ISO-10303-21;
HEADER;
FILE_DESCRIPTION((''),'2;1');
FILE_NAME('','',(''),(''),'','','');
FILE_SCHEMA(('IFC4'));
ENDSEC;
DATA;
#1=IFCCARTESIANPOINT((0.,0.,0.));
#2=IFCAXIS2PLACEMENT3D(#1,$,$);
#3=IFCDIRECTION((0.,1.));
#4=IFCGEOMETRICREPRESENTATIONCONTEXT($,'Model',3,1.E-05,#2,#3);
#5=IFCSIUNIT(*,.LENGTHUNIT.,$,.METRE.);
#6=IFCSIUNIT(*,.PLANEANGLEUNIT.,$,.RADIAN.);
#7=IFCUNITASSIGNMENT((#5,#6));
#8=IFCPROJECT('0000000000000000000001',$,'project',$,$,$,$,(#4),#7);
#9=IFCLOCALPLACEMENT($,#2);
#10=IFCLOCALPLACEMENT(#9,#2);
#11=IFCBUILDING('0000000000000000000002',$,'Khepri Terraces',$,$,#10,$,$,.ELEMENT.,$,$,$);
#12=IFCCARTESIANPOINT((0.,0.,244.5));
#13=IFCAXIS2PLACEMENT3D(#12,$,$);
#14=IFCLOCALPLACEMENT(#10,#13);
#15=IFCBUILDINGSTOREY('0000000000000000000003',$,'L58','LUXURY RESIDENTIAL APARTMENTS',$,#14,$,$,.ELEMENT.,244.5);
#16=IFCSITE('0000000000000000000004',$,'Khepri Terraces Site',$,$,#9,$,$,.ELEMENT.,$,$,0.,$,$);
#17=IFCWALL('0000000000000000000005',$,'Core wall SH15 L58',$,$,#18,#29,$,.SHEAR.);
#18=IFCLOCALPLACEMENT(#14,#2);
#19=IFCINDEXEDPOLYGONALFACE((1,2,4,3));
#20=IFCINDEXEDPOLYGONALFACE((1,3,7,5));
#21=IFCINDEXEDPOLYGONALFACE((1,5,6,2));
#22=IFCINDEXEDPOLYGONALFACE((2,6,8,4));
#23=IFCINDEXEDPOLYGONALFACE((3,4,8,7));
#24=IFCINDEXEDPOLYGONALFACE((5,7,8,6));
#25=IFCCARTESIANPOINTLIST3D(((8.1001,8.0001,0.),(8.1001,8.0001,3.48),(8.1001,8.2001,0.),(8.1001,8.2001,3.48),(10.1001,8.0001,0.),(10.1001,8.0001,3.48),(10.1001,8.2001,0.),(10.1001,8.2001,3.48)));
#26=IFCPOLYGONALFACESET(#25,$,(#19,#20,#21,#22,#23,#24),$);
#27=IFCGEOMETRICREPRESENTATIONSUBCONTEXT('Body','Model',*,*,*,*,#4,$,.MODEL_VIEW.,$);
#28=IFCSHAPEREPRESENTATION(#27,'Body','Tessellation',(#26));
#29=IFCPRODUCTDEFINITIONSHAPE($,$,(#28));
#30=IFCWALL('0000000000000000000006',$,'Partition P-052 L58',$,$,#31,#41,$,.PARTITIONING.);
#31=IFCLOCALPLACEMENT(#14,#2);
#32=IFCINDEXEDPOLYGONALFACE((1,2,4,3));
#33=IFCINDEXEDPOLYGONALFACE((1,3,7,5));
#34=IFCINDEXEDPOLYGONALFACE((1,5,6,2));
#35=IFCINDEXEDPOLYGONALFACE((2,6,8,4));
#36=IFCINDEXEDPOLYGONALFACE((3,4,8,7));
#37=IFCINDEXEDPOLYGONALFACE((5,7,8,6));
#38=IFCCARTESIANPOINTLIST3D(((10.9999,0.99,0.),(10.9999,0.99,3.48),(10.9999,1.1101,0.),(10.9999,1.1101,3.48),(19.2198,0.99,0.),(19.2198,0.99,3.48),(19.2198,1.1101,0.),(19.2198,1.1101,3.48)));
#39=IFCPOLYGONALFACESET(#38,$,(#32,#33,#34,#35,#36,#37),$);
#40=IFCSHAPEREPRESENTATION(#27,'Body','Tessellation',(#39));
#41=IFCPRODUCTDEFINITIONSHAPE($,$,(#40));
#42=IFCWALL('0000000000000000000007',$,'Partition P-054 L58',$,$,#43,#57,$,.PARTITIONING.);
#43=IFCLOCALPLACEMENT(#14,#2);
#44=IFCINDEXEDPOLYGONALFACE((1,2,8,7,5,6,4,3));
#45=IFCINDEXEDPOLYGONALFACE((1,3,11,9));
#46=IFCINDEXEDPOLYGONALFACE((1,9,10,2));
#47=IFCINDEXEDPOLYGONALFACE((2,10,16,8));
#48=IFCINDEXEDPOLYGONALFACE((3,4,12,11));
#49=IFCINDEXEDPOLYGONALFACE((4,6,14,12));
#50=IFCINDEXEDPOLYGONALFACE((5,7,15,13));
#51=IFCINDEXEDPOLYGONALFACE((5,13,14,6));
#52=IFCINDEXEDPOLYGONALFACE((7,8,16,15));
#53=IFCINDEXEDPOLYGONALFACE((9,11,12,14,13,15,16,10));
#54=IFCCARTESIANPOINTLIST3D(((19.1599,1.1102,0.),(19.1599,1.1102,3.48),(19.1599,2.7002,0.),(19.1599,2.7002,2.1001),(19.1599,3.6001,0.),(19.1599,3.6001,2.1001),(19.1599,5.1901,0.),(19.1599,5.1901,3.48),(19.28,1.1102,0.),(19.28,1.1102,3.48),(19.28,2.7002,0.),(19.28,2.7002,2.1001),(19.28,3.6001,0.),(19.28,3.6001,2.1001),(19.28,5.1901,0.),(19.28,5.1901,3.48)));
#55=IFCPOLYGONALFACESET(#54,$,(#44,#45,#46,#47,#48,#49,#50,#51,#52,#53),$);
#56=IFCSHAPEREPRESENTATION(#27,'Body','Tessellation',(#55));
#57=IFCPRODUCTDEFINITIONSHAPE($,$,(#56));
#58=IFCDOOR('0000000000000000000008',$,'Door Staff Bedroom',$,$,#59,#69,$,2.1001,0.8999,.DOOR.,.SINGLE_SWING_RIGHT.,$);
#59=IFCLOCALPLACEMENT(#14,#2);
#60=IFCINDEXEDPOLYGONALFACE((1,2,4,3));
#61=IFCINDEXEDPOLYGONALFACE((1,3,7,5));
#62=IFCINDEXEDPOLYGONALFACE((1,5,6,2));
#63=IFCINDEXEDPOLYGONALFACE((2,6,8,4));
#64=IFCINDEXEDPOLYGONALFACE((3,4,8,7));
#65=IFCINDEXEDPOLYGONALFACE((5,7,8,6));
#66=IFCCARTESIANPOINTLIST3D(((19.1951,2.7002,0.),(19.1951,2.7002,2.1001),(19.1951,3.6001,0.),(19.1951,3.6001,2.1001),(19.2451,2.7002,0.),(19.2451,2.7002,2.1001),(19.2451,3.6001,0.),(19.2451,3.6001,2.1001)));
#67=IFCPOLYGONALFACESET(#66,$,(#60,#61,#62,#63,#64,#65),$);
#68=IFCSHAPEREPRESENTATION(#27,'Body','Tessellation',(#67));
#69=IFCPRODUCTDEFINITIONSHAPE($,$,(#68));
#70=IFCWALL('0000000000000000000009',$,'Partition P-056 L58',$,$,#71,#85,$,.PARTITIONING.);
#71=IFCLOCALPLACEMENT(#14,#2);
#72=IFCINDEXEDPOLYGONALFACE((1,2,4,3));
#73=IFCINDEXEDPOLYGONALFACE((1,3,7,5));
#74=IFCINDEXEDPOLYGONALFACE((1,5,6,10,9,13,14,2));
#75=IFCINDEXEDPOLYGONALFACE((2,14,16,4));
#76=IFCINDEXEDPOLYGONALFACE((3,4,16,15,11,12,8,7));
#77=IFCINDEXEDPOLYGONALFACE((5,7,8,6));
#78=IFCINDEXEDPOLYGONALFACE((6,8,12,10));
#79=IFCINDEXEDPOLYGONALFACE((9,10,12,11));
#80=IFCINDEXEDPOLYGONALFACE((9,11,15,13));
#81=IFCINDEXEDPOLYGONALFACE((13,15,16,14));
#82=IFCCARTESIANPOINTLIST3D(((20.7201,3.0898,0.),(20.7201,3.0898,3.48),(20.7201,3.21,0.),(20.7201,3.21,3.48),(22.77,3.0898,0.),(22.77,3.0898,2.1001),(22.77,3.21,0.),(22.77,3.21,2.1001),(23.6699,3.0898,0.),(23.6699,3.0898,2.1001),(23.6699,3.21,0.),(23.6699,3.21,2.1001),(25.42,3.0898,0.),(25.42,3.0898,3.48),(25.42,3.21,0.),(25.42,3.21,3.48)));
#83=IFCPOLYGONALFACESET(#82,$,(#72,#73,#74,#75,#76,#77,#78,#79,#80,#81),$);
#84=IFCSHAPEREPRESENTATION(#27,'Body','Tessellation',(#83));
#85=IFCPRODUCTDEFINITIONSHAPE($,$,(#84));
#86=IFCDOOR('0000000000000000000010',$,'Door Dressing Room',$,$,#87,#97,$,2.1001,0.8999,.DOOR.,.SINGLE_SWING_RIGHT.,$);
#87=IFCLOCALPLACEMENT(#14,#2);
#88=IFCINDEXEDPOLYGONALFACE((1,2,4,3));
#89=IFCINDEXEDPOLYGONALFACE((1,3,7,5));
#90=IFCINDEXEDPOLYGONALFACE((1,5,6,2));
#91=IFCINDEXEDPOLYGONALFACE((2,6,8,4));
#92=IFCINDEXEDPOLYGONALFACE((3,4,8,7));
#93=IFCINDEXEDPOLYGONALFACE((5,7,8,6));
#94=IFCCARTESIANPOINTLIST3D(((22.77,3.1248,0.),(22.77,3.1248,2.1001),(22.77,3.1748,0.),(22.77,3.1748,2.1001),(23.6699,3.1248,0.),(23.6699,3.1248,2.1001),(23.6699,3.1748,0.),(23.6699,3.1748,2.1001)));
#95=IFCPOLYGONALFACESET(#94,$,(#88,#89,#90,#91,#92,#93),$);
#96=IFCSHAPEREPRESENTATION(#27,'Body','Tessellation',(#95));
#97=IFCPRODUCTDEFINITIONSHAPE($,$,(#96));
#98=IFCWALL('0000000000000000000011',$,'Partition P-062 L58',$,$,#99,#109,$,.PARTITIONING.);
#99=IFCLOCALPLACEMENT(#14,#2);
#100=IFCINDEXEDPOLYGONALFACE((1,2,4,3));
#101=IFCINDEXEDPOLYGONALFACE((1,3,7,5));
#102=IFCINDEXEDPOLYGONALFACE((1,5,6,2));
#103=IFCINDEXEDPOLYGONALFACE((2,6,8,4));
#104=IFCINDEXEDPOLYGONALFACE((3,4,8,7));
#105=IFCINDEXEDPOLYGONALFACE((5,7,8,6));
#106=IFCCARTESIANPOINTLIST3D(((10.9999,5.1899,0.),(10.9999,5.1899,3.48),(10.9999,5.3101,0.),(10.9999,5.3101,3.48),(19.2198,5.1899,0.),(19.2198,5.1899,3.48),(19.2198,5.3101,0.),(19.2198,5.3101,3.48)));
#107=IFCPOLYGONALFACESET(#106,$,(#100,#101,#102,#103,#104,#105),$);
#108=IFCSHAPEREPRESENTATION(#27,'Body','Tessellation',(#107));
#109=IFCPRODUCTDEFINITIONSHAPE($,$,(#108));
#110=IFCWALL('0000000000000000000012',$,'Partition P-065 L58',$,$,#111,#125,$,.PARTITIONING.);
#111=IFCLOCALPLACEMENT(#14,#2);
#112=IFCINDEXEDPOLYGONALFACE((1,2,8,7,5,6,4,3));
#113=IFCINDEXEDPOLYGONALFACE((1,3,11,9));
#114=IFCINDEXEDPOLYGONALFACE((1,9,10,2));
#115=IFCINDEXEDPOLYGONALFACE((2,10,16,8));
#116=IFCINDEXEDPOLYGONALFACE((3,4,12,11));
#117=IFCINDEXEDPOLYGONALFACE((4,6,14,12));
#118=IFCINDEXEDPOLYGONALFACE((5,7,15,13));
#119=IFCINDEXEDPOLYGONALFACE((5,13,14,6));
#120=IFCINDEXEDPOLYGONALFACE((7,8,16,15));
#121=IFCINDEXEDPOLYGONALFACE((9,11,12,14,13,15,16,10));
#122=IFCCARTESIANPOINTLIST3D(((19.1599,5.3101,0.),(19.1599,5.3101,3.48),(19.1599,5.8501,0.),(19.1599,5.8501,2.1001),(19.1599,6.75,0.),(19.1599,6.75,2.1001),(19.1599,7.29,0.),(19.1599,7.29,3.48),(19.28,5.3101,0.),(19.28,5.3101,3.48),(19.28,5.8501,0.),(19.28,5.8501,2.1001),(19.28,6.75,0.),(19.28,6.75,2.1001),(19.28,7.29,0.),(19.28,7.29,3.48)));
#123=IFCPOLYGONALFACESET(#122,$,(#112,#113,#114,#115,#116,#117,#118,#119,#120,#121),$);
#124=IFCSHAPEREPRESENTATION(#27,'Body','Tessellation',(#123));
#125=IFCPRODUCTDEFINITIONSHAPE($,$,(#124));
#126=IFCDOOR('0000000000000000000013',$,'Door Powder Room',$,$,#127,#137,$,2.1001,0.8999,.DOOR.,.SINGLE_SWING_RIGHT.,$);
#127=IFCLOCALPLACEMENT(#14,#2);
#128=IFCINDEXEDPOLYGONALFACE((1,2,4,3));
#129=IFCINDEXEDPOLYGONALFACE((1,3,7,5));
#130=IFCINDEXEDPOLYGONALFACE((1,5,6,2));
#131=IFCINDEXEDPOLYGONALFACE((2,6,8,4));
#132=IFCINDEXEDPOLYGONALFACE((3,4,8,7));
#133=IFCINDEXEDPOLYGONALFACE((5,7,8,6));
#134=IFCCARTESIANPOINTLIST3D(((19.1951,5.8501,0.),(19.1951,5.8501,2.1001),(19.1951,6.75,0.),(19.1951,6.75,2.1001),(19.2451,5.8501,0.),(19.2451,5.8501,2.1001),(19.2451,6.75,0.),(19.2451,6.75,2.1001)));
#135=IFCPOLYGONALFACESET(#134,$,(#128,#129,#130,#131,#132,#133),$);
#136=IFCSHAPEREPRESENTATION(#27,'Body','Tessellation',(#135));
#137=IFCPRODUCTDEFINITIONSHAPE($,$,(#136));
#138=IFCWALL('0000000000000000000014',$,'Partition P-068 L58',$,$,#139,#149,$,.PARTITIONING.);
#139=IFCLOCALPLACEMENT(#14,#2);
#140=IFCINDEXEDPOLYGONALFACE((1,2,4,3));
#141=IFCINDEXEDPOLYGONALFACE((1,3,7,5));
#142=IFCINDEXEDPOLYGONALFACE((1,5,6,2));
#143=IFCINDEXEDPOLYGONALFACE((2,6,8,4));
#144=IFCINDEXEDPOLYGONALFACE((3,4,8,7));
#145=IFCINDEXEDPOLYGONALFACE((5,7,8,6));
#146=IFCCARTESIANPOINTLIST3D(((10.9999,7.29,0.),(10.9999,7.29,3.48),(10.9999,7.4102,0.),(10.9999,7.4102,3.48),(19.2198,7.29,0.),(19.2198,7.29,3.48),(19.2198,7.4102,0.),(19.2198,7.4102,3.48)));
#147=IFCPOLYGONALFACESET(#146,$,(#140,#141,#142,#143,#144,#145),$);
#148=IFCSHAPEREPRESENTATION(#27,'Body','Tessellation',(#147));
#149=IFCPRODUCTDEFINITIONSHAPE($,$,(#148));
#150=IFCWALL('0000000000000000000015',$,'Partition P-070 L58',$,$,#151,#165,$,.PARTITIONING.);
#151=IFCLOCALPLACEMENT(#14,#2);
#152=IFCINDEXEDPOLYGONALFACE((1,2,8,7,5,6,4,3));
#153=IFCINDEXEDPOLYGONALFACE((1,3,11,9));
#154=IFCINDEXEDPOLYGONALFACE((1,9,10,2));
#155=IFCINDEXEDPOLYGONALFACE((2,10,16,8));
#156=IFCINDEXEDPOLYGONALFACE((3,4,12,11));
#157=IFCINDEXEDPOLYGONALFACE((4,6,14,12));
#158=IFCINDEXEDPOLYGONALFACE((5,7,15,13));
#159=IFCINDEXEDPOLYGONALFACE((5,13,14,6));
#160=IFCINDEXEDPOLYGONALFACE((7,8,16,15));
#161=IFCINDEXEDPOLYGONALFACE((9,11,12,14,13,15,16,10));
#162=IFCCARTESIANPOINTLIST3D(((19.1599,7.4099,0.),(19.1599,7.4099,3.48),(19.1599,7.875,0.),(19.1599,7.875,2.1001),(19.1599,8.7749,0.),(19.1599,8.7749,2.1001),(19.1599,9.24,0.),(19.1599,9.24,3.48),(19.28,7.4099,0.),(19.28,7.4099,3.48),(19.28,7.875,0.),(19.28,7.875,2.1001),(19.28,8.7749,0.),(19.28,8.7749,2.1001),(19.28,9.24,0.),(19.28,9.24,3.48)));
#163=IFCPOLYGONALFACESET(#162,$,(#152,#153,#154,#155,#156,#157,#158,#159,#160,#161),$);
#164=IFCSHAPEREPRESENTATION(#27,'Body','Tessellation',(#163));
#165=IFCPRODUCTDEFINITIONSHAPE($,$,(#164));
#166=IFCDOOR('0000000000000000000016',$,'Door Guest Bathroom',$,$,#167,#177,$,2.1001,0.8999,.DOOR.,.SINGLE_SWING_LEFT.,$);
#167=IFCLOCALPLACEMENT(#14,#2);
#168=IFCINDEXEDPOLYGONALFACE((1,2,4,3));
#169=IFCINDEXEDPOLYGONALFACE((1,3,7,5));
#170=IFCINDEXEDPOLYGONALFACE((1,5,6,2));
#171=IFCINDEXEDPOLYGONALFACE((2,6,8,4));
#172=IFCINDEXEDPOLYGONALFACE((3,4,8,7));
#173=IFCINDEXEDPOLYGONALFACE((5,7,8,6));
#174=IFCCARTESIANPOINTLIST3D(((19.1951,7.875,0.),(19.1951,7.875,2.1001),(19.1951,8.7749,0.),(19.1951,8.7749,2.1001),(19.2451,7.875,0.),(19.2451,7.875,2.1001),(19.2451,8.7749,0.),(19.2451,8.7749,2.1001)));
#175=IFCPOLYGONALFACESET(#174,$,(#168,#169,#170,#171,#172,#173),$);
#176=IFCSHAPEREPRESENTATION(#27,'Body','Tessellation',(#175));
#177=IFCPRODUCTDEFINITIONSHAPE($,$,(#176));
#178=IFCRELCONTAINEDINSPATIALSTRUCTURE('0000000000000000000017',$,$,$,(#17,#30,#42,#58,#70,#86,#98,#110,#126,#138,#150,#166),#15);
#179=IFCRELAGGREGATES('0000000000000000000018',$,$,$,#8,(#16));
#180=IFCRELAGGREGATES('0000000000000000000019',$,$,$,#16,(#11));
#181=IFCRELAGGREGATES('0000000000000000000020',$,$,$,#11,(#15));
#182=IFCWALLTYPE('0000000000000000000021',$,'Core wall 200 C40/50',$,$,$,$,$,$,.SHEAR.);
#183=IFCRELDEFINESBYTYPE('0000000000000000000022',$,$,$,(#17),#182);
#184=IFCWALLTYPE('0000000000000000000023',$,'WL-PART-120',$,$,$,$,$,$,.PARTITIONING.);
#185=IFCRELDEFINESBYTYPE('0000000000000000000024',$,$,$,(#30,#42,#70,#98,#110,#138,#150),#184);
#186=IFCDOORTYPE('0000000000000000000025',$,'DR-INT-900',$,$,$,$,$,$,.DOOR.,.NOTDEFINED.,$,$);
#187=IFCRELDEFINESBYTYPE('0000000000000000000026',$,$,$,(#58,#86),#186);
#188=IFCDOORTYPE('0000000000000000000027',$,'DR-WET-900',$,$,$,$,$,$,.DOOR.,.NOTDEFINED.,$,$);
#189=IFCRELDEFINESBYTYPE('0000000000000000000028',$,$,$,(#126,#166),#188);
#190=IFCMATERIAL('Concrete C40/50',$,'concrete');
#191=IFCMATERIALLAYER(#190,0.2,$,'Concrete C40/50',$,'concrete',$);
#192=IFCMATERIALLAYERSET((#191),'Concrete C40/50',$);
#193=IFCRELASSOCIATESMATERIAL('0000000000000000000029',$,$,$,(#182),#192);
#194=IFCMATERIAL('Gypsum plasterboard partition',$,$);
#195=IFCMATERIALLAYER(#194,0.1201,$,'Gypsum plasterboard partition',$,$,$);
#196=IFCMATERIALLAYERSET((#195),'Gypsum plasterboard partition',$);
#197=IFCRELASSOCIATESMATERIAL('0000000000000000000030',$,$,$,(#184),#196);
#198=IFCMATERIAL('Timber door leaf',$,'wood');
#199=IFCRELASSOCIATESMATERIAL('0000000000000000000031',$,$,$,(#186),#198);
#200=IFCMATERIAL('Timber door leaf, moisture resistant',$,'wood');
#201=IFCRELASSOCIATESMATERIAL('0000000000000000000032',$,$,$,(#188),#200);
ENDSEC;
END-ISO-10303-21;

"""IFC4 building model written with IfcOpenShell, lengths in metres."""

from ifc_helpers import new_model, si_unit, direction, frame, frame_2d, origin, place, context, subcontext, project, spatial, rectangle, extrude, material, layer, layer_set, type_object, element, fill, save


model = new_model("IFC4")

# Units and contexts
model_context = context("Model", 3, precision=1e-05, world=origin(), true_north=direction((0.0, 1.0)))
body_context = subcontext(model_context, "Body", "Model", "MODEL_VIEW")
ifc_project = project(units=[si_unit("LENGTHUNIT", "METRE"), si_unit("PLANEANGLEUNIT", "RADIAN")], contexts=[model_context])

# Site, building, storey
site_placement = place(None, origin())
site = spatial("IfcSite", under=ifc_project, at=site_placement, Name="Khepri Terraces Site", CompositionType="ELEMENT", RefElevation=0.0)
building_placement = place(site_placement, origin())
building = spatial("IfcBuilding", under=site, at=building_placement, Name="Khepri Terraces", CompositionType="ELEMENT")
storey_placement = place(building_placement, frame((0.0, 0.0, 244.5)))
storey = spatial("IfcBuildingStorey", under=building, at=storey_placement, Name="L58", Description="LUXURY RESIDENTIAL APARTMENTS", CompositionType="ELEMENT", Elevation=244.5)

# Walls
ifc_material_1 = material(Name="Concrete C40/50", Category="concrete")
ifc_layer_1 = layer(ifc_material_1, 0.2, Name="Concrete C40/50", Category="concrete")
ifc_layer_set_1 = layer_set([ifc_layer_1], Name="Concrete C40/50")
wall_type_1 = type_object("IfcWallType", Name="Core wall 200 C40/50", PredefinedType="SHEAR", material=ifc_layer_set_1)
wall_1_placement = place(storey_placement, frame((8.1001, 8.1001, 0.0), z_axis=(0.0, 0.0, 1.0), x_axis=(1.0, 0.0, 0.0)))
element("IfcWall", 1, at=wall_1_placement, inside=storey, type_object=wall_type_1, Name="Core wall SH15 L58", PredefinedType="SHEAR", context=body_context, shape_type="SweptSolid", body=[
    extrude(rectangle(XDim=2.0, YDim=0.2, at=frame_2d((1.0, 0.0))), origin(), (0.0, 0.0, 1.0), 3.48),
])
ifc_material_2 = material(Name="Gypsum plasterboard partition")
ifc_layer_2 = layer(ifc_material_2, 0.1201, Name="Gypsum plasterboard partition")
ifc_layer_set_2 = layer_set([ifc_layer_2], Name="Gypsum plasterboard partition")
wall_type_2 = type_object("IfcWallType", Name="WL-PART-120", PredefinedType="PARTITIONING", material=ifc_layer_set_2)
wall_2_placement = place(storey_placement, frame((11.0, 1.05, 0.0), z_axis=(0.0, 0.0, 1.0), x_axis=(1.0, 0.0, 0.0)))
element("IfcWall", 2, at=wall_2_placement, inside=storey, type_object=wall_type_2, Name="Partition P-052 L58", PredefinedType="PARTITIONING", context=body_context, shape_type="SweptSolid", body=[
    extrude(rectangle(XDim=8.22, YDim=0.1201, at=frame_2d((4.1099, 0.0))), origin(), (0.0, 0.0, 1.0), 3.48),
])

# Walls, openings, doors
wall_3_placement = place(storey_placement, frame((19.22, 1.1101, 0.0), z_axis=(0.0, 0.0, 1.0), x_axis=(0.0, 1.0, 0.0)))
wall_3 = element("IfcWall", 3, at=wall_3_placement, inside=storey, type_object=wall_type_2, Name="Partition P-054 L58", PredefinedType="PARTITIONING", context=body_context, shape_type="SweptSolid", body=[
    extrude(rectangle(XDim=4.0798, YDim=0.1201, at=frame_2d((2.04, 0.0))), origin(), (0.0, 0.0, 1.0), 3.48),
])
opening_1_placement = place(wall_3_placement, frame((1.5901, 0.0, 0.0)))
opening_1 = element("IfcOpeningElement", 4, at=opening_1_placement, cuts=wall_3, PredefinedType="OPENING", context=body_context, shape_type="SweptSolid", body=[
    extrude(rectangle(XDim=0.8999, YDim=2.1001, at=frame_2d((0.45, 1.05))), frame((0.0, 0.0701, 0.0), z_axis=(0.0, -1.0, 0.0), x_axis=(1.0, 0.0, 0.0)), (0.0, 0.0, 1.0), 0.1401),
])
ifc_material_3 = material(Name="Timber door leaf", Category="wood")
door_type_1 = type_object("IfcDoorType", Name="DR-INT-900", OperationType="NOTDEFINED", PredefinedType="DOOR", material=ifc_material_3)
door_1_placement = place(opening_1_placement, origin())
door_1 = element("IfcDoor", 5, at=door_1_placement, inside=storey, type_object=door_type_1, Name="Door Staff Bedroom", OperationType="SINGLE_SWING_RIGHT", OverallHeight=2.1001, OverallWidth=0.8999, PredefinedType="DOOR", context=body_context, shape_type="SweptSolid", body=[
    extrude(rectangle(XDim=0.8999, YDim=2.1001, at=frame_2d((0.45, 1.05))), frame((0.0, 0.0249, 0.0), z_axis=(0.0, -1.0, 0.0), x_axis=(1.0, 0.0, 0.0)), (0.0, 0.0, 1.0), 0.05),
])
fill(opening_1, door_1)
wall_4_placement = place(storey_placement, frame((20.72, 3.1499, 0.0), z_axis=(0.0, 0.0, 1.0), x_axis=(1.0, 0.0, 0.0)))
wall_4 = element("IfcWall", 6, at=wall_4_placement, inside=storey, type_object=wall_type_2, Name="Partition P-056 L58", PredefinedType="PARTITIONING", context=body_context, shape_type="SweptSolid", body=[
    extrude(rectangle(XDim=4.7, YDim=0.1201, at=frame_2d((2.3501, 0.0))), origin(), (0.0, 0.0, 1.0), 3.48),
])
opening_2_placement = place(wall_4_placement, frame((2.05, 0.0, 0.0)))
opening_2 = element("IfcOpeningElement", 7, at=opening_2_placement, cuts=wall_4, PredefinedType="OPENING", context=body_context, shape_type="SweptSolid", body=[
    extrude(rectangle(XDim=0.8999, YDim=2.1001, at=frame_2d((0.45, 1.05))), frame((0.0, 0.0701, 0.0), z_axis=(0.0, -1.0, 0.0), x_axis=(1.0, 0.0, 0.0)), (0.0, 0.0, 1.0), 0.1401),
])
door_2_placement = place(opening_2_placement, origin())
door_2 = element("IfcDoor", 8, at=door_2_placement, inside=storey, type_object=door_type_1, Name="Door Dressing Room", OperationType="SINGLE_SWING_RIGHT", OverallHeight=2.1001, OverallWidth=0.8999, PredefinedType="DOOR", context=body_context, shape_type="SweptSolid", body=[
    extrude(rectangle(XDim=0.8999, YDim=2.1001, at=frame_2d((0.45, 1.05))), frame((0.0, 0.0249, 0.0), z_axis=(0.0, -1.0, 0.0), x_axis=(1.0, 0.0, 0.0)), (0.0, 0.0, 1.0), 0.05),
])
fill(opening_2, door_2)

# Wall
wall_5_placement = place(storey_placement, frame((11.0, 5.25, 0.0), z_axis=(0.0, 0.0, 1.0), x_axis=(1.0, 0.0, 0.0)))
element("IfcWall", 9, at=wall_5_placement, inside=storey, type_object=wall_type_2, Name="Partition P-062 L58", PredefinedType="PARTITIONING", context=body_context, shape_type="SweptSolid", body=[
    extrude(rectangle(XDim=8.22, YDim=0.1201, at=frame_2d((4.1099, 0.0))), origin(), (0.0, 0.0, 1.0), 3.48),
])

# Wall, opening, door
wall_6_placement = place(storey_placement, frame((19.22, 5.3101, 0.0), z_axis=(0.0, 0.0, 1.0), x_axis=(0.0, 1.0, 0.0)))
wall_6 = element("IfcWall", 10, at=wall_6_placement, inside=storey, type_object=wall_type_2, Name="Partition P-065 L58", PredefinedType="PARTITIONING", context=body_context, shape_type="SweptSolid", body=[
    extrude(rectangle(XDim=1.98, YDim=0.1201, at=frame_2d((0.99, 0.0))), origin(), (0.0, 0.0, 1.0), 3.48),
])
opening_3_placement = place(wall_6_placement, frame((0.54, 0.0, 0.0)))
opening_3 = element("IfcOpeningElement", 11, at=opening_3_placement, cuts=wall_6, PredefinedType="OPENING", context=body_context, shape_type="SweptSolid", body=[
    extrude(rectangle(XDim=0.8999, YDim=2.1001, at=frame_2d((0.45, 1.05))), frame((0.0, 0.0701, 0.0), z_axis=(0.0, -1.0, 0.0), x_axis=(1.0, 0.0, 0.0)), (0.0, 0.0, 1.0), 0.1401),
])
ifc_material_4 = material(Name="Timber door leaf, moisture resistant", Category="wood")
door_type_2 = type_object("IfcDoorType", Name="DR-WET-900", OperationType="NOTDEFINED", PredefinedType="DOOR", material=ifc_material_4)
door_3_placement = place(opening_3_placement, origin())
door_3 = element("IfcDoor", 12, at=door_3_placement, inside=storey, type_object=door_type_2, Name="Door Powder Room", OperationType="SINGLE_SWING_RIGHT", OverallHeight=2.1001, OverallWidth=0.8999, PredefinedType="DOOR", context=body_context, shape_type="SweptSolid", body=[
    extrude(rectangle(XDim=0.8999, YDim=2.1001, at=frame_2d((0.45, 1.05))), frame((0.0, 0.0249, 0.0), z_axis=(0.0, -1.0, 0.0), x_axis=(1.0, 0.0, 0.0)), (0.0, 0.0, 1.0), 0.05),
])
fill(opening_3, door_3)

# Wall
wall_7_placement = place(storey_placement, frame((11.0, 7.3501, 0.0), z_axis=(0.0, 0.0, 1.0), x_axis=(1.0, 0.0, 0.0)))
element("IfcWall", 13, at=wall_7_placement, inside=storey, type_object=wall_type_2, Name="Partition P-068 L58", PredefinedType="PARTITIONING", context=body_context, shape_type="SweptSolid", body=[
    extrude(rectangle(XDim=8.22, YDim=0.1201, at=frame_2d((4.1099, 0.0))), origin(), (0.0, 0.0, 1.0), 3.48),
])

# Wall, opening, door
wall_8_placement = place(storey_placement, frame((19.22, 7.4099, 0.0), z_axis=(0.0, 0.0, 1.0), x_axis=(0.0, 1.0, 0.0)))
wall_8 = element("IfcWall", 14, at=wall_8_placement, inside=storey, type_object=wall_type_2, Name="Partition P-070 L58", PredefinedType="PARTITIONING", context=body_context, shape_type="SweptSolid", body=[
    extrude(rectangle(XDim=1.8301, YDim=0.1201, at=frame_2d((0.915, 0.0))), origin(), (0.0, 0.0, 1.0), 3.48),
])
opening_4_placement = place(wall_8_placement, frame((0.4651, 0.0, 0.0)))
opening_4 = element("IfcOpeningElement", 15, at=opening_4_placement, cuts=wall_8, PredefinedType="OPENING", context=body_context, shape_type="SweptSolid", body=[
    extrude(rectangle(XDim=0.8999, YDim=2.1001, at=frame_2d((0.45, 1.05))), frame((0.0, 0.0701, 0.0), z_axis=(0.0, -1.0, 0.0), x_axis=(1.0, 0.0, 0.0)), (0.0, 0.0, 1.0), 0.1401),
])
door_4_placement = place(opening_4_placement, origin())
door_4 = element("IfcDoor", 16, at=door_4_placement, inside=storey, type_object=door_type_2, Name="Door Guest Bathroom", OperationType="SINGLE_SWING_LEFT", OverallHeight=2.1001, OverallWidth=0.8999, PredefinedType="DOOR", context=body_context, shape_type="SweptSolid", body=[
    extrude(rectangle(XDim=0.8999, YDim=2.1001, at=frame_2d((0.45, 1.05))), frame((0.0, 0.0249, 0.0), z_axis=(0.0, -1.0, 0.0), x_axis=(1.0, 0.0, 0.0)), (0.0, 0.0, 1.0), 0.05),
])
fill(opening_4, door_4)

save(model, "model.ifc")
